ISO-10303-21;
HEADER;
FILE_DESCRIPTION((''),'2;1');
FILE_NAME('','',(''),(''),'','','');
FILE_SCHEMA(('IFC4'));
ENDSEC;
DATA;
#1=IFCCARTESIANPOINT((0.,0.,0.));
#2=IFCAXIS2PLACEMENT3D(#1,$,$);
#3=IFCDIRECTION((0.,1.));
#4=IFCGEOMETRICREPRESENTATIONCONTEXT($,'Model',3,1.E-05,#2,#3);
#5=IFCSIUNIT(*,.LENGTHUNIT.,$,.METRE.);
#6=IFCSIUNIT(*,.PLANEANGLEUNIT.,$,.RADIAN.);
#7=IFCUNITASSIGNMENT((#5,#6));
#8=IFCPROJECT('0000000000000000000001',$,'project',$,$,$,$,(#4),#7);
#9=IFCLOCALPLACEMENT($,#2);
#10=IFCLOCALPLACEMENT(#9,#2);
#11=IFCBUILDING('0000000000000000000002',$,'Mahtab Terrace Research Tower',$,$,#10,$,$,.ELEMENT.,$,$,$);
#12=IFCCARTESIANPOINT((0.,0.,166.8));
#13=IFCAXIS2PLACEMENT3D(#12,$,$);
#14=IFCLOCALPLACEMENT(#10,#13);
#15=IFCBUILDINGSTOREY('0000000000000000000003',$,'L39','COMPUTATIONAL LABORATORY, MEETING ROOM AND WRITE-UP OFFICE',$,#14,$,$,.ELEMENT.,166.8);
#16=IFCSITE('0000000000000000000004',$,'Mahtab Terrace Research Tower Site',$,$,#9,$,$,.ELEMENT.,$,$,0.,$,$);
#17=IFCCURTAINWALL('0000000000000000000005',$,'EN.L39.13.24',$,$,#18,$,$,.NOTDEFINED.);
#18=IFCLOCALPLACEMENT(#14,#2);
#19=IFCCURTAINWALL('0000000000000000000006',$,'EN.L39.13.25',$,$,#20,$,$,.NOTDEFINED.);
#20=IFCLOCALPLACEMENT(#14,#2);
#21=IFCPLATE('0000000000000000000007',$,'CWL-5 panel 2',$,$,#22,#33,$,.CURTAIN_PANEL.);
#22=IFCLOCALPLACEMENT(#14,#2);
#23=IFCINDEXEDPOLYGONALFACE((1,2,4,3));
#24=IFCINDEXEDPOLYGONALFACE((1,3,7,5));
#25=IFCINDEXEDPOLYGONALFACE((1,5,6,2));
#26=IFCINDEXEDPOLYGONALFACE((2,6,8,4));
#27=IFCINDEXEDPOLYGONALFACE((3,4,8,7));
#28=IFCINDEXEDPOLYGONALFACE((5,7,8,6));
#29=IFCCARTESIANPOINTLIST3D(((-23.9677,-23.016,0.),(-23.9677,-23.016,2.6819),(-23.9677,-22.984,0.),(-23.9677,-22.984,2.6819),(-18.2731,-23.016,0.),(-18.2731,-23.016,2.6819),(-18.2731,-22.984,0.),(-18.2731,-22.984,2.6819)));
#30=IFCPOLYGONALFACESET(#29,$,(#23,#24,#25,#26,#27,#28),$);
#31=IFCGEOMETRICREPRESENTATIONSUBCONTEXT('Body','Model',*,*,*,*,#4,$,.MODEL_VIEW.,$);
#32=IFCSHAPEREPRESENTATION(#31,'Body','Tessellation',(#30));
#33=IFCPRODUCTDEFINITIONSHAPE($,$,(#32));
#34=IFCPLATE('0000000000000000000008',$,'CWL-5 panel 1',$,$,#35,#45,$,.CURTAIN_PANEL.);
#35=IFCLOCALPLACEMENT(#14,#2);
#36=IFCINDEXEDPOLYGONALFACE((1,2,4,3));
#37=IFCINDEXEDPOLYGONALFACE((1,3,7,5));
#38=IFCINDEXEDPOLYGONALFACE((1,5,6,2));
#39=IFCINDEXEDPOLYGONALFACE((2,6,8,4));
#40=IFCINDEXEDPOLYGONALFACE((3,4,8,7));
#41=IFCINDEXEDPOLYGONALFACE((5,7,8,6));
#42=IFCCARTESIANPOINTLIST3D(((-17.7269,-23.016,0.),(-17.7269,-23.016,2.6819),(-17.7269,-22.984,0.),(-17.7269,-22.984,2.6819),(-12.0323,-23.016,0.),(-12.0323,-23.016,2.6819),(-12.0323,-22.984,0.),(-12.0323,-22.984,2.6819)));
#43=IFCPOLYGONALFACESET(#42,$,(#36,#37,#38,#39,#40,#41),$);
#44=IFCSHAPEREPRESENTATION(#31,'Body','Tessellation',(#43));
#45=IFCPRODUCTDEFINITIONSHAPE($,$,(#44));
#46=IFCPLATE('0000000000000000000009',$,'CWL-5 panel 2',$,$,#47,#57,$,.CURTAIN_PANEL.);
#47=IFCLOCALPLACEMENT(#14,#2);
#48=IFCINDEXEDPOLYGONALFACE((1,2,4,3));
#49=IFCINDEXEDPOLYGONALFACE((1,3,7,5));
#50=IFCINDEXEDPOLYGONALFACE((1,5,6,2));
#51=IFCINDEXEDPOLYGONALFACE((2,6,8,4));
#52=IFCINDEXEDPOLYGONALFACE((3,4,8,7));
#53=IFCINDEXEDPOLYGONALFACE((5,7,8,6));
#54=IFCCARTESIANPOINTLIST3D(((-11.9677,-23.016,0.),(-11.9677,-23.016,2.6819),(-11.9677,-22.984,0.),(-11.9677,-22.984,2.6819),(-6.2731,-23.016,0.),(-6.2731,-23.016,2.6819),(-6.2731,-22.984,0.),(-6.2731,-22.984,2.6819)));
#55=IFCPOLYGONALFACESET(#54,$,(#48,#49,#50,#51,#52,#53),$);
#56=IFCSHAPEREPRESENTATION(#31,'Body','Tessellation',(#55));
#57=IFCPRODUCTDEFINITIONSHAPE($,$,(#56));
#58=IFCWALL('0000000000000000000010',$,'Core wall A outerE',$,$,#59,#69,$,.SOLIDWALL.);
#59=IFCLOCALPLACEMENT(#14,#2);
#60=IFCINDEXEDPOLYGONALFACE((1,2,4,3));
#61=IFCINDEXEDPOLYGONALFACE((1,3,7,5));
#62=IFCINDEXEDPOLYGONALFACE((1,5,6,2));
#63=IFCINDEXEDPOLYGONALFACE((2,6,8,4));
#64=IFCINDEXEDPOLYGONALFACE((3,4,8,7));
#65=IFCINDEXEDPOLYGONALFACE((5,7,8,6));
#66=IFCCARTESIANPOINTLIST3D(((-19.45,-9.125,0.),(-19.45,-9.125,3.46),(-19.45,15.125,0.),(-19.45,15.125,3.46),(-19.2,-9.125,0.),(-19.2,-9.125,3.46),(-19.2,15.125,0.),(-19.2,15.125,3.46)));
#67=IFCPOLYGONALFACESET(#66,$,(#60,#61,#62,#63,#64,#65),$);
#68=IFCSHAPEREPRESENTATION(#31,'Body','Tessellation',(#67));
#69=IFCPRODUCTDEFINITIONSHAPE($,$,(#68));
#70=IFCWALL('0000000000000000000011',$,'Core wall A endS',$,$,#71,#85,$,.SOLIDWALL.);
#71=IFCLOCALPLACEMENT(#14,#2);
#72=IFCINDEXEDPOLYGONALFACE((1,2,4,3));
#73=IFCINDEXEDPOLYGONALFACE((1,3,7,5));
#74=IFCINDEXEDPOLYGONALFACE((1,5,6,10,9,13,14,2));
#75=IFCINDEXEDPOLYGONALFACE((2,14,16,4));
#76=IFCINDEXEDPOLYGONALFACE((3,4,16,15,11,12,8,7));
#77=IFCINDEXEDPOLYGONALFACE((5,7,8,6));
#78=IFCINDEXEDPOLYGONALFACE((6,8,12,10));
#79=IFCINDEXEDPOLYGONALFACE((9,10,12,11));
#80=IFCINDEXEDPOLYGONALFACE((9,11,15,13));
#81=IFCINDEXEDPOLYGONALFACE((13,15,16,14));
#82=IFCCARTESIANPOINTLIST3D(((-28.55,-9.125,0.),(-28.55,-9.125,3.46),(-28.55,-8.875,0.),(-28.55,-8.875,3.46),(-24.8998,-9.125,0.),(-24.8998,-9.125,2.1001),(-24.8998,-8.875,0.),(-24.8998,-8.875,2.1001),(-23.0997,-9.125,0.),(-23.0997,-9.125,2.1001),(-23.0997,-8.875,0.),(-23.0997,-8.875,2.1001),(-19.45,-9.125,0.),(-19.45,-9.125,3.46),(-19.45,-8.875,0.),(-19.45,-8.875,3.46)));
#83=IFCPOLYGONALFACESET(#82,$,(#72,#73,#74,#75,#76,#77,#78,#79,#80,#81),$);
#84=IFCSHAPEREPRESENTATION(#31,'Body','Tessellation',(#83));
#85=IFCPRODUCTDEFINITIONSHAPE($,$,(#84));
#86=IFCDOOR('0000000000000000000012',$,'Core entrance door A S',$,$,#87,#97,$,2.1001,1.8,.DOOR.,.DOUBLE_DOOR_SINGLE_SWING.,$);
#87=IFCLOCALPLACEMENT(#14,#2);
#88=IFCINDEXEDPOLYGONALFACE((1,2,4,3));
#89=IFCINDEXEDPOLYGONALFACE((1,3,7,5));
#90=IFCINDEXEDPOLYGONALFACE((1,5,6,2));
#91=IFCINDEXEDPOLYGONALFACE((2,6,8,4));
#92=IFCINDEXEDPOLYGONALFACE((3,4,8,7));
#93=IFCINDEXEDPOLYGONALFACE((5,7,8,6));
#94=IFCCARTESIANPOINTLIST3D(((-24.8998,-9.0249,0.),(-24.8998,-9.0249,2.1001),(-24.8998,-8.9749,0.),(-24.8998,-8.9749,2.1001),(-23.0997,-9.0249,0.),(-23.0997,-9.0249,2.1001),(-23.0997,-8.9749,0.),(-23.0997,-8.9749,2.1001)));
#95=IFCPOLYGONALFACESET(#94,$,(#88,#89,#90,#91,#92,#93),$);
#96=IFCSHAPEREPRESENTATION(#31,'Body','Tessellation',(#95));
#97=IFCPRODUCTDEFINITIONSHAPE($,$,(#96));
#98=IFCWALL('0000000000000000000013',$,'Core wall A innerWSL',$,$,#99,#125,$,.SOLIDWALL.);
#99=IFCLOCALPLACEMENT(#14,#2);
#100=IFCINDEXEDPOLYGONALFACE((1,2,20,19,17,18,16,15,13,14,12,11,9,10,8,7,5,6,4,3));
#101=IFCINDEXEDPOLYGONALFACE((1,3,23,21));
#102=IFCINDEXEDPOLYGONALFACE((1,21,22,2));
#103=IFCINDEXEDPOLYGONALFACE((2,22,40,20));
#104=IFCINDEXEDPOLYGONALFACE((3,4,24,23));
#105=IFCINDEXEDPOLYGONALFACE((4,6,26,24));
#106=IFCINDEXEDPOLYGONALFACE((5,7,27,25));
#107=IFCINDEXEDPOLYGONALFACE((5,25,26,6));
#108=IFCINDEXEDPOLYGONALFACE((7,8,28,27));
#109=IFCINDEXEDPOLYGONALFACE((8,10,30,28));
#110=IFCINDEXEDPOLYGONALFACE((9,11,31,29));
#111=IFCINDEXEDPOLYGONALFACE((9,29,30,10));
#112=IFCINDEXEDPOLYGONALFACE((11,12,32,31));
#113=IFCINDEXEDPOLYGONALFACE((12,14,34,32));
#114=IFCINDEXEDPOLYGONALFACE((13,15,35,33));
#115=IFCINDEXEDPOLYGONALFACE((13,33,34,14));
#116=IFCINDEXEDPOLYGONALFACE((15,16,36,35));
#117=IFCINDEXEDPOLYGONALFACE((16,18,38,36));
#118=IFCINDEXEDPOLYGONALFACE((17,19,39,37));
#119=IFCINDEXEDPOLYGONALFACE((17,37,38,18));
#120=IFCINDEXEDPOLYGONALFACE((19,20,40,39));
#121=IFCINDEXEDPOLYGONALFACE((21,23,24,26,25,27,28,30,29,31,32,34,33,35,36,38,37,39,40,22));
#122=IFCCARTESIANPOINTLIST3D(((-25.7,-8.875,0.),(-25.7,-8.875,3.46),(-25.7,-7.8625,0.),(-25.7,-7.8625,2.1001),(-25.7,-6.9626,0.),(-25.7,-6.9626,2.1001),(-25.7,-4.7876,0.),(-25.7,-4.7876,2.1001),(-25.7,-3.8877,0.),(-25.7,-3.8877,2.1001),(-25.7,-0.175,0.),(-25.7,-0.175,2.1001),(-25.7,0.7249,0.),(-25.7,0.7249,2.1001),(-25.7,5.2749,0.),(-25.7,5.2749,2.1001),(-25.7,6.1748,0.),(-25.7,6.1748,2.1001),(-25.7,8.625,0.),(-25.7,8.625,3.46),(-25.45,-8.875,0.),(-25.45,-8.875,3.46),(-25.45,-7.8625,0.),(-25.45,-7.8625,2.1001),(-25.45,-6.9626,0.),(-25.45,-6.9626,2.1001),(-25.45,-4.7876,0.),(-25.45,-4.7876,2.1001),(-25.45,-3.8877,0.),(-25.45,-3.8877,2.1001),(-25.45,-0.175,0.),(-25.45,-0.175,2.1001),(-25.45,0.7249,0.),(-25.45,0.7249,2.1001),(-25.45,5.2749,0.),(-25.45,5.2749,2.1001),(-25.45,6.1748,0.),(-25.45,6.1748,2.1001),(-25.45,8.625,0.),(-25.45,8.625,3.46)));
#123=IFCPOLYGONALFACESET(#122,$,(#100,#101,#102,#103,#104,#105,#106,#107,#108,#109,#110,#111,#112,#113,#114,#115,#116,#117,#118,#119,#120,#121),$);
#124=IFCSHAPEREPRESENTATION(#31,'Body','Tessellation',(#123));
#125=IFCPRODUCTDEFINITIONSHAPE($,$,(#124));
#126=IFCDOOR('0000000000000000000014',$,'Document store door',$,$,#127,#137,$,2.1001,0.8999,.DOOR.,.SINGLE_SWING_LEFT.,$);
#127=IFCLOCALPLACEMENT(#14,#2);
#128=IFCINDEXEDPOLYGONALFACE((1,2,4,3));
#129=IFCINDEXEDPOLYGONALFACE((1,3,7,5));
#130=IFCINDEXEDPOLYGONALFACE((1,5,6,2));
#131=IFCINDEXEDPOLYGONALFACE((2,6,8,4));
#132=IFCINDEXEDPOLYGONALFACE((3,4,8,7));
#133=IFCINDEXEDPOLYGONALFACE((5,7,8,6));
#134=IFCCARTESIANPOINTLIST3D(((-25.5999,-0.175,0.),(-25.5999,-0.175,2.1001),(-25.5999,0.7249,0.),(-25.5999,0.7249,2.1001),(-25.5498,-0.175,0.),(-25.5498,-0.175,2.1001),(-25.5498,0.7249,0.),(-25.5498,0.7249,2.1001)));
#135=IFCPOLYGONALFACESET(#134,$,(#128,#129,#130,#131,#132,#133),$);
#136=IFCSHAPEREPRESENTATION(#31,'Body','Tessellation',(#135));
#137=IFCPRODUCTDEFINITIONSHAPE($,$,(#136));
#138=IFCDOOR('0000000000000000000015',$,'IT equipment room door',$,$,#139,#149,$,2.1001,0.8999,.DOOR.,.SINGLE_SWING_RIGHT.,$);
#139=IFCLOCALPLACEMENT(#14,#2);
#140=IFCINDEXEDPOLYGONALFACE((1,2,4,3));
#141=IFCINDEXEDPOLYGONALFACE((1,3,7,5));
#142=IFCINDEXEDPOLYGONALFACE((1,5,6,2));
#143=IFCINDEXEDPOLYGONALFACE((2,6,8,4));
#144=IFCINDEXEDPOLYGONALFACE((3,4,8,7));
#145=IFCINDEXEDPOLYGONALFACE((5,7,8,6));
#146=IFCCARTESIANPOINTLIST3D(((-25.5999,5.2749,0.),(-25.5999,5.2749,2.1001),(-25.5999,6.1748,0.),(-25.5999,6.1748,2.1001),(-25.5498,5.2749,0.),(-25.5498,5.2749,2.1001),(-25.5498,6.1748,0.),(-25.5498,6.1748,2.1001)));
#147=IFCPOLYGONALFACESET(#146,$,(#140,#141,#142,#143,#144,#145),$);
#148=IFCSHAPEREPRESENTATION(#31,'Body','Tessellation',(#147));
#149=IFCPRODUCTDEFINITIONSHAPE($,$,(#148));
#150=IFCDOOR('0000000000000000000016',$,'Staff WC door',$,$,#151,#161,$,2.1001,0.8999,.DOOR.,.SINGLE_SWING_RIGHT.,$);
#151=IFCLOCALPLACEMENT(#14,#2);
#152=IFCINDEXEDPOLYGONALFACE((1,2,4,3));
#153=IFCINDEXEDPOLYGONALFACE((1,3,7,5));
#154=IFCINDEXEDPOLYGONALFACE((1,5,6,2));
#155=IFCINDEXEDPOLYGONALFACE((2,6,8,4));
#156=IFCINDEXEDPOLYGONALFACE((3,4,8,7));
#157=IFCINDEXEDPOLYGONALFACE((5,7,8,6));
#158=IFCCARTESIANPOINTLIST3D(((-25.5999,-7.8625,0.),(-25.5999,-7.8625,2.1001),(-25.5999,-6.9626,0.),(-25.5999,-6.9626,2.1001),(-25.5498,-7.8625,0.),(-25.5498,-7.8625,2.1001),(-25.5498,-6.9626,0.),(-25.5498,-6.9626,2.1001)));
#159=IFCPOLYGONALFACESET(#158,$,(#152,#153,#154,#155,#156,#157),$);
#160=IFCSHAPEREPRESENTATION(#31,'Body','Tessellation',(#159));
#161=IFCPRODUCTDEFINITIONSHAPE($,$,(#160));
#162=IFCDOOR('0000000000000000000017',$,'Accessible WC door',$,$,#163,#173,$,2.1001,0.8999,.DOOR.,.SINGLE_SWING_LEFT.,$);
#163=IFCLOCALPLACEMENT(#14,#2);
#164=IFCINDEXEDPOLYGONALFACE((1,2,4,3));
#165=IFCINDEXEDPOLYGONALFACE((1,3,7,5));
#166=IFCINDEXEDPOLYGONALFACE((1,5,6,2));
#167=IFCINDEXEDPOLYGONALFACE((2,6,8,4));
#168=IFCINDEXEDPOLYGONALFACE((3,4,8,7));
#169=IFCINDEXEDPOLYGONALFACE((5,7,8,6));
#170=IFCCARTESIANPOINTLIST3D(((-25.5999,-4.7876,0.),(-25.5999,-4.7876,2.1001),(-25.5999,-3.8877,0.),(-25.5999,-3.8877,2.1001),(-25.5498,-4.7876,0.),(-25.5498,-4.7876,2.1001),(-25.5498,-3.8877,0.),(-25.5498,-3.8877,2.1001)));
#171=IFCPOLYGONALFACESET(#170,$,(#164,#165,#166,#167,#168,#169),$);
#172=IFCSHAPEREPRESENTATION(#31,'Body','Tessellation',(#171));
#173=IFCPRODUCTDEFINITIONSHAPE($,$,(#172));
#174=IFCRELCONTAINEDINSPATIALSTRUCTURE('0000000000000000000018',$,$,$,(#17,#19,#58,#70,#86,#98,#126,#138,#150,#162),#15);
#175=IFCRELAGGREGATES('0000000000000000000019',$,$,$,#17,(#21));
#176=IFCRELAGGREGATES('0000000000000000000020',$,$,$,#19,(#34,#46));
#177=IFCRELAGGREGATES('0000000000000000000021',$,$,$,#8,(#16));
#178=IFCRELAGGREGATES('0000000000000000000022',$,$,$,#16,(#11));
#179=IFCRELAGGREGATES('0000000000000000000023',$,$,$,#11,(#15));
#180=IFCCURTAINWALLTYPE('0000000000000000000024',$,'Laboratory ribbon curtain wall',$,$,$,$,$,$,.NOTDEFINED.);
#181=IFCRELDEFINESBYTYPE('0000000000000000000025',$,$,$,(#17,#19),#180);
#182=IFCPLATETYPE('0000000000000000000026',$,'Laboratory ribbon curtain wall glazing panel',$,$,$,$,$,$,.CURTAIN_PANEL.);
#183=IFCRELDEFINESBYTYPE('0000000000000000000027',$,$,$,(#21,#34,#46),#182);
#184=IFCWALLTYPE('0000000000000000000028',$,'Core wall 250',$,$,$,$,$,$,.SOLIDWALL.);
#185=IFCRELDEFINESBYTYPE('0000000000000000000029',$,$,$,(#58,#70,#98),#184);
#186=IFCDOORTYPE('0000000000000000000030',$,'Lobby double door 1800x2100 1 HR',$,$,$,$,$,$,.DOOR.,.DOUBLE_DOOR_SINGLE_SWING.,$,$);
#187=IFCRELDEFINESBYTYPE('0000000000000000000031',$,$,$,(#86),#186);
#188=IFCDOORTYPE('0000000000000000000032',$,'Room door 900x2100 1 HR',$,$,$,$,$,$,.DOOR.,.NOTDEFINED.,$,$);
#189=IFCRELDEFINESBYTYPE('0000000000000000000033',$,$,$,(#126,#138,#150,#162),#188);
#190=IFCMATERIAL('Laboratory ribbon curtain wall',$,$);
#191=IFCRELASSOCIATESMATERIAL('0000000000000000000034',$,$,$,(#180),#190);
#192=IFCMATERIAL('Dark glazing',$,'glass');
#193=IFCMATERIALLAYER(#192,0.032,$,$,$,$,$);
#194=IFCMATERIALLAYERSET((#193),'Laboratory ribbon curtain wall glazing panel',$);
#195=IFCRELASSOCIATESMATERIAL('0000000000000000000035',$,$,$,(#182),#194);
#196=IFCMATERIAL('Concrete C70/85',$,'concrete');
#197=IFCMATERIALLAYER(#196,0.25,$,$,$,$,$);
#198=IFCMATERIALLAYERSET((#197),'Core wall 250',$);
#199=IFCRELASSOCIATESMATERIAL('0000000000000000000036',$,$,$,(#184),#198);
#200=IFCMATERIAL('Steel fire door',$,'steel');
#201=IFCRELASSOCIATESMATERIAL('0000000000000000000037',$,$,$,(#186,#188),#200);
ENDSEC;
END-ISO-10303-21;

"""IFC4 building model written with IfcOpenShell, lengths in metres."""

from ifc_helpers import new_model, si_unit, direction, frame, frame_2d, origin, origin_2d, place, context, subcontext, project, spatial, rectangle, extrude, material, layer, layer_set, type_object, element, fill, aggregate, save


model = new_model("IFC4")

# Units and contexts
model_context = context("Model", 3, precision=1e-05, world=origin(), true_north=direction((0.0, 1.0)))
body_context = subcontext(model_context, "Body", "Model", "MODEL_VIEW")
ifc_project = project(units=[si_unit("LENGTHUNIT", "METRE"), si_unit("PLANEANGLEUNIT", "RADIAN")], contexts=[model_context])

# Site, building, storey
site_placement = place(None, origin())
site = spatial("IfcSite", under=ifc_project, at=site_placement, Name="Mahtab Terrace Research Tower Site", CompositionType="ELEMENT", RefElevation=0.0)
building_placement = place(site_placement, origin())
building = spatial("IfcBuilding", under=site, at=building_placement, Name="Mahtab Terrace Research Tower", CompositionType="ELEMENT")
storey_placement = place(building_placement, frame((0.0, 0.0, 166.8)))
storey = spatial("IfcBuildingStorey", under=building, at=storey_placement, Name="L39", Description="COMPUTATIONAL LABORATORY, MEETING ROOM AND WRITE-UP OFFICE", CompositionType="ELEMENT", Elevation=166.8)

# Shared definitions
ifc_material_1 = material(Name="Concrete C70/85", Category="concrete")

# Curtain walls
ifc_material_2 = material(Name="Laboratory ribbon curtain wall")
curtain_wall_type = type_object("IfcCurtainWallType", Name="Laboratory ribbon curtain wall", PredefinedType="NOTDEFINED", material=ifc_material_2)
curtain_wall_1_placement = place(storey_placement, origin())
curtain_wall_1 = element("IfcCurtainWall", 1, at=curtain_wall_1_placement, inside=storey, type_object=curtain_wall_type, Name="EN.L39.13.24", PredefinedType="NOTDEFINED")
curtain_wall_2_placement = place(storey_placement, origin())
curtain_wall_2 = element("IfcCurtainWall", 2, at=curtain_wall_2_placement, inside=storey, type_object=curtain_wall_type, Name="EN.L39.13.25", PredefinedType="NOTDEFINED")

# Plates
ifc_material_3 = material(Name="Dark glazing", Category="glass")
ifc_layer_1 = layer(ifc_material_3, 0.032)
ifc_layer_set_1 = layer_set([ifc_layer_1], Name="Laboratory ribbon curtain wall glazing panel")
plate_type = type_object("IfcPlateType", Name="Laboratory ribbon curtain wall glazing panel", PredefinedType="CURTAIN_PANEL", material=ifc_layer_set_1)
plate_1_placement = place(storey_placement, frame((-21.1204, -23.0, 0.0), z_axis=(0.0, 0.0, 1.0), x_axis=(1.0, 0.0, 0.0)))
plate_1 = element("IfcPlate", 3, at=plate_1_placement, type_object=plate_type, Name="CWL-5 panel 2", PredefinedType="CURTAIN_PANEL", context=body_context, shape_type="SweptSolid", body=[
    extrude(rectangle(XDim=5.6946, YDim=0.032, at=origin_2d()), origin(), (0.0, 0.0, 1.0), 2.6819),
])
aggregate(curtain_wall_1, [plate_1])
plate_2_placement = place(storey_placement, frame((-14.8796, -23.0, 0.0), z_axis=(0.0, 0.0, 1.0), x_axis=(1.0, 0.0, 0.0)))
plate_2 = element("IfcPlate", 4, at=plate_2_placement, type_object=plate_type, Name="CWL-5 panel 1", PredefinedType="CURTAIN_PANEL", context=body_context, shape_type="SweptSolid", body=[
    extrude(rectangle(XDim=5.6946, YDim=0.032, at=origin_2d()), origin(), (0.0, 0.0, 1.0), 2.6819),
])
plate_3_placement = place(storey_placement, frame((-9.1204, -23.0, 0.0), z_axis=(0.0, 0.0, 1.0), x_axis=(1.0, 0.0, 0.0)))
plate_3 = element("IfcPlate", 5, at=plate_3_placement, type_object=plate_type, Name="CWL-5 panel 2", PredefinedType="CURTAIN_PANEL", context=body_context, shape_type="SweptSolid", body=[
    extrude(rectangle(XDim=5.6946, YDim=0.032, at=origin_2d()), origin(), (0.0, 0.0, 1.0), 2.6819),
])
aggregate(curtain_wall_2, [plate_2, plate_3])

# Wall
ifc_layer_2 = layer(ifc_material_1, 0.25)
ifc_layer_set_2 = layer_set([ifc_layer_2], Name="Core wall 250")
wall_type_1 = type_object("IfcWallType", Name="Core wall 250", PredefinedType="SOLIDWALL", material=ifc_layer_set_2)
wall_1_placement = place(storey_placement, frame((-19.325, -9.125, 0.0), z_axis=(0.0, 0.0, 1.0), x_axis=(0.0, 1.0, 0.0)))
element("IfcWall", 6, at=wall_1_placement, inside=storey, type_object=wall_type_1, Name="Core wall A outerE", PredefinedType="SOLIDWALL", context=body_context, shape_type="SweptSolid", body=[
    extrude(rectangle(XDim=24.25, YDim=0.25, at=frame_2d((12.125, 0.0))), origin(), (0.0, 0.0, 1.0), 3.46),
])

# Wall, opening, door
wall_2_placement = place(storey_placement, frame((-19.45, -9.0, 0.0), z_axis=(0.0, 0.0, 1.0), x_axis=(-1.0, 0.0, 0.0)))
wall_2 = element("IfcWall", 7, at=wall_2_placement, inside=storey, type_object=wall_type_1, Name="Core wall A endS", PredefinedType="SOLIDWALL", context=body_context, shape_type="SweptSolid", body=[
    extrude(rectangle(XDim=9.1001, YDim=0.25, at=frame_2d((4.55, 0.0))), origin(), (0.0, 0.0, 1.0), 3.46),
])
opening_1_placement = place(wall_2_placement, frame((3.6499, 0.0, 0.0)))
opening_1 = element("IfcOpeningElement", 8, at=opening_1_placement, cuts=wall_2, PredefinedType="OPENING", context=body_context, shape_type="SweptSolid", body=[
    extrude(rectangle(XDim=1.8, YDim=2.1001, at=frame_2d((0.8999, 1.05))), frame((0.0, 0.135, 0.0), z_axis=(0.0, -1.0, 0.0), x_axis=(1.0, 0.0, 0.0)), (0.0, 0.0, 1.0), 0.27),
])
ifc_material_4 = material(Name="Steel fire door", Category="steel")
door_type_1 = type_object("IfcDoorType", Name="Lobby double door 1800x2100 1 HR", OperationType="DOUBLE_DOOR_SINGLE_SWING", PredefinedType="DOOR", material=ifc_material_4)
door_1_placement = place(opening_1_placement, origin())
door_1 = element("IfcDoor", 9, at=door_1_placement, inside=storey, type_object=door_type_1, Name="Core entrance door A S", OperationType="DOUBLE_DOOR_SINGLE_SWING", OverallHeight=2.1001, OverallWidth=1.8, PredefinedType="DOOR", context=body_context, shape_type="SweptSolid", body=[
    extrude(rectangle(XDim=1.8, YDim=2.1001, at=frame_2d((0.8999, 1.05))), frame((0.0, 0.0249, 0.0), z_axis=(0.0, -1.0, 0.0), x_axis=(1.0, 0.0, 0.0)), (0.0, 0.0, 1.0), 0.05),
])
fill(opening_1, door_1)

# Wall, openings, doors
wall_3_placement = place(storey_placement, frame((-25.575, -8.875, 0.0), z_axis=(0.0, 0.0, 1.0), x_axis=(0.0, 1.0, 0.0)))
wall_3 = element("IfcWall", 10, at=wall_3_placement, inside=storey, type_object=wall_type_1, Name="Core wall A innerWSL", PredefinedType="SOLIDWALL", context=body_context, shape_type="SweptSolid", body=[
    extrude(rectangle(XDim=17.5, YDim=0.25, at=frame_2d((8.75, 0.0))), origin(), (0.0, 0.0, 1.0), 3.46),
])
opening_2_placement = place(wall_3_placement, frame((8.7, 0.0, 0.0)))
opening_2 = element("IfcOpeningElement", 11, at=opening_2_placement, cuts=wall_3, PredefinedType="OPENING", context=body_context, shape_type="SweptSolid", body=[
    extrude(rectangle(XDim=0.8999, YDim=2.1001, at=frame_2d((0.45, 1.05))), frame((0.0, 0.135, 0.0), z_axis=(0.0, -1.0, 0.0), x_axis=(1.0, 0.0, 0.0)), (0.0, 0.0, 1.0), 0.27),
])
opening_3_placement = place(wall_3_placement, frame((14.1499, 0.0, 0.0)))
opening_3 = element("IfcOpeningElement", 12, at=opening_3_placement, cuts=wall_3, PredefinedType="OPENING", context=body_context, shape_type="SweptSolid", body=[
    extrude(rectangle(XDim=0.8999, YDim=2.1001, at=frame_2d((0.45, 1.05))), frame((0.0, 0.135, 0.0), z_axis=(0.0, -1.0, 0.0), x_axis=(1.0, 0.0, 0.0)), (0.0, 0.0, 1.0), 0.27),
])
opening_4_placement = place(wall_3_placement, frame((1.0125, 0.0, 0.0)))
opening_4 = element("IfcOpeningElement", 13, at=opening_4_placement, cuts=wall_3, PredefinedType="OPENING", context=body_context, shape_type="SweptSolid", body=[
    extrude(rectangle(XDim=0.8999, YDim=2.1001, at=frame_2d((0.45, 1.05))), frame((0.0, 0.135, 0.0), z_axis=(0.0, -1.0, 0.0), x_axis=(1.0, 0.0, 0.0)), (0.0, 0.0, 1.0), 0.27),
])
opening_5_placement = place(wall_3_placement, frame((4.0874, 0.0, 0.0)))
opening_5 = element("IfcOpeningElement", 14, at=opening_5_placement, cuts=wall_3, PredefinedType="OPENING", context=body_context, shape_type="SweptSolid", body=[
    extrude(rectangle(XDim=0.8999, YDim=2.1001, at=frame_2d((0.45, 1.05))), frame((0.0, 0.135, 0.0), z_axis=(0.0, -1.0, 0.0), x_axis=(1.0, 0.0, 0.0)), (0.0, 0.0, 1.0), 0.27),
])
door_type_2 = type_object("IfcDoorType", Name="Room door 900x2100 1 HR", OperationType="NOTDEFINED", PredefinedType="DOOR", material=ifc_material_4)
door_2_placement = place(opening_2_placement, origin())
door_2 = element("IfcDoor", 15, at=door_2_placement, inside=storey, type_object=door_type_2, Name="Document store door", OperationType="SINGLE_SWING_LEFT", OverallHeight=2.1001, OverallWidth=0.8999, PredefinedType="DOOR", context=body_context, shape_type="SweptSolid", body=[
    extrude(rectangle(XDim=0.8999, YDim=2.1001, at=frame_2d((0.45, 1.05))), frame((0.0, 0.0249, 0.0), z_axis=(0.0, -1.0, 0.0), x_axis=(1.0, 0.0, 0.0)), (0.0, 0.0, 1.0), 0.05),
])
fill(opening_2, door_2)
door_3_placement = place(opening_3_placement, origin())
door_3 = element("IfcDoor", 16, at=door_3_placement, inside=storey, type_object=door_type_2, Name="IT equipment room door", OperationType="SINGLE_SWING_RIGHT", OverallHeight=2.1001, OverallWidth=0.8999, PredefinedType="DOOR", context=body_context, shape_type="SweptSolid", body=[
    extrude(rectangle(XDim=0.8999, YDim=2.1001, at=frame_2d((0.45, 1.05))), frame((0.0, 0.0249, 0.0), z_axis=(0.0, -1.0, 0.0), x_axis=(1.0, 0.0, 0.0)), (0.0, 0.0, 1.0), 0.05),
])
fill(opening_3, door_3)
door_4_placement = place(opening_4_placement, origin())
door_4 = element("IfcDoor", 17, at=door_4_placement, inside=storey, type_object=door_type_2, Name="Staff WC door", OperationType="SINGLE_SWING_RIGHT", OverallHeight=2.1001, OverallWidth=0.8999, PredefinedType="DOOR", context=body_context, shape_type="SweptSolid", body=[
    extrude(rectangle(XDim=0.8999, YDim=2.1001, at=frame_2d((0.45, 1.05))), frame((0.0, 0.0249, 0.0), z_axis=(0.0, -1.0, 0.0), x_axis=(1.0, 0.0, 0.0)), (0.0, 0.0, 1.0), 0.05),
])
fill(opening_4, door_4)
door_5_placement = place(opening_5_placement, origin())
door_5 = element("IfcDoor", 18, at=door_5_placement, inside=storey, type_object=door_type_2, Name="Accessible WC door", OperationType="SINGLE_SWING_LEFT", OverallHeight=2.1001, OverallWidth=0.8999, PredefinedType="DOOR", context=body_context, shape_type="SweptSolid", body=[
    extrude(rectangle(XDim=0.8999, YDim=2.1001, at=frame_2d((0.45, 1.05))), frame((0.0, 0.0249, 0.0), z_axis=(0.0, -1.0, 0.0), x_axis=(1.0, 0.0, 0.0)), (0.0, 0.0, 1.0), 0.05),
])
fill(opening_5, door_5)

save(model, "model.ifc")
